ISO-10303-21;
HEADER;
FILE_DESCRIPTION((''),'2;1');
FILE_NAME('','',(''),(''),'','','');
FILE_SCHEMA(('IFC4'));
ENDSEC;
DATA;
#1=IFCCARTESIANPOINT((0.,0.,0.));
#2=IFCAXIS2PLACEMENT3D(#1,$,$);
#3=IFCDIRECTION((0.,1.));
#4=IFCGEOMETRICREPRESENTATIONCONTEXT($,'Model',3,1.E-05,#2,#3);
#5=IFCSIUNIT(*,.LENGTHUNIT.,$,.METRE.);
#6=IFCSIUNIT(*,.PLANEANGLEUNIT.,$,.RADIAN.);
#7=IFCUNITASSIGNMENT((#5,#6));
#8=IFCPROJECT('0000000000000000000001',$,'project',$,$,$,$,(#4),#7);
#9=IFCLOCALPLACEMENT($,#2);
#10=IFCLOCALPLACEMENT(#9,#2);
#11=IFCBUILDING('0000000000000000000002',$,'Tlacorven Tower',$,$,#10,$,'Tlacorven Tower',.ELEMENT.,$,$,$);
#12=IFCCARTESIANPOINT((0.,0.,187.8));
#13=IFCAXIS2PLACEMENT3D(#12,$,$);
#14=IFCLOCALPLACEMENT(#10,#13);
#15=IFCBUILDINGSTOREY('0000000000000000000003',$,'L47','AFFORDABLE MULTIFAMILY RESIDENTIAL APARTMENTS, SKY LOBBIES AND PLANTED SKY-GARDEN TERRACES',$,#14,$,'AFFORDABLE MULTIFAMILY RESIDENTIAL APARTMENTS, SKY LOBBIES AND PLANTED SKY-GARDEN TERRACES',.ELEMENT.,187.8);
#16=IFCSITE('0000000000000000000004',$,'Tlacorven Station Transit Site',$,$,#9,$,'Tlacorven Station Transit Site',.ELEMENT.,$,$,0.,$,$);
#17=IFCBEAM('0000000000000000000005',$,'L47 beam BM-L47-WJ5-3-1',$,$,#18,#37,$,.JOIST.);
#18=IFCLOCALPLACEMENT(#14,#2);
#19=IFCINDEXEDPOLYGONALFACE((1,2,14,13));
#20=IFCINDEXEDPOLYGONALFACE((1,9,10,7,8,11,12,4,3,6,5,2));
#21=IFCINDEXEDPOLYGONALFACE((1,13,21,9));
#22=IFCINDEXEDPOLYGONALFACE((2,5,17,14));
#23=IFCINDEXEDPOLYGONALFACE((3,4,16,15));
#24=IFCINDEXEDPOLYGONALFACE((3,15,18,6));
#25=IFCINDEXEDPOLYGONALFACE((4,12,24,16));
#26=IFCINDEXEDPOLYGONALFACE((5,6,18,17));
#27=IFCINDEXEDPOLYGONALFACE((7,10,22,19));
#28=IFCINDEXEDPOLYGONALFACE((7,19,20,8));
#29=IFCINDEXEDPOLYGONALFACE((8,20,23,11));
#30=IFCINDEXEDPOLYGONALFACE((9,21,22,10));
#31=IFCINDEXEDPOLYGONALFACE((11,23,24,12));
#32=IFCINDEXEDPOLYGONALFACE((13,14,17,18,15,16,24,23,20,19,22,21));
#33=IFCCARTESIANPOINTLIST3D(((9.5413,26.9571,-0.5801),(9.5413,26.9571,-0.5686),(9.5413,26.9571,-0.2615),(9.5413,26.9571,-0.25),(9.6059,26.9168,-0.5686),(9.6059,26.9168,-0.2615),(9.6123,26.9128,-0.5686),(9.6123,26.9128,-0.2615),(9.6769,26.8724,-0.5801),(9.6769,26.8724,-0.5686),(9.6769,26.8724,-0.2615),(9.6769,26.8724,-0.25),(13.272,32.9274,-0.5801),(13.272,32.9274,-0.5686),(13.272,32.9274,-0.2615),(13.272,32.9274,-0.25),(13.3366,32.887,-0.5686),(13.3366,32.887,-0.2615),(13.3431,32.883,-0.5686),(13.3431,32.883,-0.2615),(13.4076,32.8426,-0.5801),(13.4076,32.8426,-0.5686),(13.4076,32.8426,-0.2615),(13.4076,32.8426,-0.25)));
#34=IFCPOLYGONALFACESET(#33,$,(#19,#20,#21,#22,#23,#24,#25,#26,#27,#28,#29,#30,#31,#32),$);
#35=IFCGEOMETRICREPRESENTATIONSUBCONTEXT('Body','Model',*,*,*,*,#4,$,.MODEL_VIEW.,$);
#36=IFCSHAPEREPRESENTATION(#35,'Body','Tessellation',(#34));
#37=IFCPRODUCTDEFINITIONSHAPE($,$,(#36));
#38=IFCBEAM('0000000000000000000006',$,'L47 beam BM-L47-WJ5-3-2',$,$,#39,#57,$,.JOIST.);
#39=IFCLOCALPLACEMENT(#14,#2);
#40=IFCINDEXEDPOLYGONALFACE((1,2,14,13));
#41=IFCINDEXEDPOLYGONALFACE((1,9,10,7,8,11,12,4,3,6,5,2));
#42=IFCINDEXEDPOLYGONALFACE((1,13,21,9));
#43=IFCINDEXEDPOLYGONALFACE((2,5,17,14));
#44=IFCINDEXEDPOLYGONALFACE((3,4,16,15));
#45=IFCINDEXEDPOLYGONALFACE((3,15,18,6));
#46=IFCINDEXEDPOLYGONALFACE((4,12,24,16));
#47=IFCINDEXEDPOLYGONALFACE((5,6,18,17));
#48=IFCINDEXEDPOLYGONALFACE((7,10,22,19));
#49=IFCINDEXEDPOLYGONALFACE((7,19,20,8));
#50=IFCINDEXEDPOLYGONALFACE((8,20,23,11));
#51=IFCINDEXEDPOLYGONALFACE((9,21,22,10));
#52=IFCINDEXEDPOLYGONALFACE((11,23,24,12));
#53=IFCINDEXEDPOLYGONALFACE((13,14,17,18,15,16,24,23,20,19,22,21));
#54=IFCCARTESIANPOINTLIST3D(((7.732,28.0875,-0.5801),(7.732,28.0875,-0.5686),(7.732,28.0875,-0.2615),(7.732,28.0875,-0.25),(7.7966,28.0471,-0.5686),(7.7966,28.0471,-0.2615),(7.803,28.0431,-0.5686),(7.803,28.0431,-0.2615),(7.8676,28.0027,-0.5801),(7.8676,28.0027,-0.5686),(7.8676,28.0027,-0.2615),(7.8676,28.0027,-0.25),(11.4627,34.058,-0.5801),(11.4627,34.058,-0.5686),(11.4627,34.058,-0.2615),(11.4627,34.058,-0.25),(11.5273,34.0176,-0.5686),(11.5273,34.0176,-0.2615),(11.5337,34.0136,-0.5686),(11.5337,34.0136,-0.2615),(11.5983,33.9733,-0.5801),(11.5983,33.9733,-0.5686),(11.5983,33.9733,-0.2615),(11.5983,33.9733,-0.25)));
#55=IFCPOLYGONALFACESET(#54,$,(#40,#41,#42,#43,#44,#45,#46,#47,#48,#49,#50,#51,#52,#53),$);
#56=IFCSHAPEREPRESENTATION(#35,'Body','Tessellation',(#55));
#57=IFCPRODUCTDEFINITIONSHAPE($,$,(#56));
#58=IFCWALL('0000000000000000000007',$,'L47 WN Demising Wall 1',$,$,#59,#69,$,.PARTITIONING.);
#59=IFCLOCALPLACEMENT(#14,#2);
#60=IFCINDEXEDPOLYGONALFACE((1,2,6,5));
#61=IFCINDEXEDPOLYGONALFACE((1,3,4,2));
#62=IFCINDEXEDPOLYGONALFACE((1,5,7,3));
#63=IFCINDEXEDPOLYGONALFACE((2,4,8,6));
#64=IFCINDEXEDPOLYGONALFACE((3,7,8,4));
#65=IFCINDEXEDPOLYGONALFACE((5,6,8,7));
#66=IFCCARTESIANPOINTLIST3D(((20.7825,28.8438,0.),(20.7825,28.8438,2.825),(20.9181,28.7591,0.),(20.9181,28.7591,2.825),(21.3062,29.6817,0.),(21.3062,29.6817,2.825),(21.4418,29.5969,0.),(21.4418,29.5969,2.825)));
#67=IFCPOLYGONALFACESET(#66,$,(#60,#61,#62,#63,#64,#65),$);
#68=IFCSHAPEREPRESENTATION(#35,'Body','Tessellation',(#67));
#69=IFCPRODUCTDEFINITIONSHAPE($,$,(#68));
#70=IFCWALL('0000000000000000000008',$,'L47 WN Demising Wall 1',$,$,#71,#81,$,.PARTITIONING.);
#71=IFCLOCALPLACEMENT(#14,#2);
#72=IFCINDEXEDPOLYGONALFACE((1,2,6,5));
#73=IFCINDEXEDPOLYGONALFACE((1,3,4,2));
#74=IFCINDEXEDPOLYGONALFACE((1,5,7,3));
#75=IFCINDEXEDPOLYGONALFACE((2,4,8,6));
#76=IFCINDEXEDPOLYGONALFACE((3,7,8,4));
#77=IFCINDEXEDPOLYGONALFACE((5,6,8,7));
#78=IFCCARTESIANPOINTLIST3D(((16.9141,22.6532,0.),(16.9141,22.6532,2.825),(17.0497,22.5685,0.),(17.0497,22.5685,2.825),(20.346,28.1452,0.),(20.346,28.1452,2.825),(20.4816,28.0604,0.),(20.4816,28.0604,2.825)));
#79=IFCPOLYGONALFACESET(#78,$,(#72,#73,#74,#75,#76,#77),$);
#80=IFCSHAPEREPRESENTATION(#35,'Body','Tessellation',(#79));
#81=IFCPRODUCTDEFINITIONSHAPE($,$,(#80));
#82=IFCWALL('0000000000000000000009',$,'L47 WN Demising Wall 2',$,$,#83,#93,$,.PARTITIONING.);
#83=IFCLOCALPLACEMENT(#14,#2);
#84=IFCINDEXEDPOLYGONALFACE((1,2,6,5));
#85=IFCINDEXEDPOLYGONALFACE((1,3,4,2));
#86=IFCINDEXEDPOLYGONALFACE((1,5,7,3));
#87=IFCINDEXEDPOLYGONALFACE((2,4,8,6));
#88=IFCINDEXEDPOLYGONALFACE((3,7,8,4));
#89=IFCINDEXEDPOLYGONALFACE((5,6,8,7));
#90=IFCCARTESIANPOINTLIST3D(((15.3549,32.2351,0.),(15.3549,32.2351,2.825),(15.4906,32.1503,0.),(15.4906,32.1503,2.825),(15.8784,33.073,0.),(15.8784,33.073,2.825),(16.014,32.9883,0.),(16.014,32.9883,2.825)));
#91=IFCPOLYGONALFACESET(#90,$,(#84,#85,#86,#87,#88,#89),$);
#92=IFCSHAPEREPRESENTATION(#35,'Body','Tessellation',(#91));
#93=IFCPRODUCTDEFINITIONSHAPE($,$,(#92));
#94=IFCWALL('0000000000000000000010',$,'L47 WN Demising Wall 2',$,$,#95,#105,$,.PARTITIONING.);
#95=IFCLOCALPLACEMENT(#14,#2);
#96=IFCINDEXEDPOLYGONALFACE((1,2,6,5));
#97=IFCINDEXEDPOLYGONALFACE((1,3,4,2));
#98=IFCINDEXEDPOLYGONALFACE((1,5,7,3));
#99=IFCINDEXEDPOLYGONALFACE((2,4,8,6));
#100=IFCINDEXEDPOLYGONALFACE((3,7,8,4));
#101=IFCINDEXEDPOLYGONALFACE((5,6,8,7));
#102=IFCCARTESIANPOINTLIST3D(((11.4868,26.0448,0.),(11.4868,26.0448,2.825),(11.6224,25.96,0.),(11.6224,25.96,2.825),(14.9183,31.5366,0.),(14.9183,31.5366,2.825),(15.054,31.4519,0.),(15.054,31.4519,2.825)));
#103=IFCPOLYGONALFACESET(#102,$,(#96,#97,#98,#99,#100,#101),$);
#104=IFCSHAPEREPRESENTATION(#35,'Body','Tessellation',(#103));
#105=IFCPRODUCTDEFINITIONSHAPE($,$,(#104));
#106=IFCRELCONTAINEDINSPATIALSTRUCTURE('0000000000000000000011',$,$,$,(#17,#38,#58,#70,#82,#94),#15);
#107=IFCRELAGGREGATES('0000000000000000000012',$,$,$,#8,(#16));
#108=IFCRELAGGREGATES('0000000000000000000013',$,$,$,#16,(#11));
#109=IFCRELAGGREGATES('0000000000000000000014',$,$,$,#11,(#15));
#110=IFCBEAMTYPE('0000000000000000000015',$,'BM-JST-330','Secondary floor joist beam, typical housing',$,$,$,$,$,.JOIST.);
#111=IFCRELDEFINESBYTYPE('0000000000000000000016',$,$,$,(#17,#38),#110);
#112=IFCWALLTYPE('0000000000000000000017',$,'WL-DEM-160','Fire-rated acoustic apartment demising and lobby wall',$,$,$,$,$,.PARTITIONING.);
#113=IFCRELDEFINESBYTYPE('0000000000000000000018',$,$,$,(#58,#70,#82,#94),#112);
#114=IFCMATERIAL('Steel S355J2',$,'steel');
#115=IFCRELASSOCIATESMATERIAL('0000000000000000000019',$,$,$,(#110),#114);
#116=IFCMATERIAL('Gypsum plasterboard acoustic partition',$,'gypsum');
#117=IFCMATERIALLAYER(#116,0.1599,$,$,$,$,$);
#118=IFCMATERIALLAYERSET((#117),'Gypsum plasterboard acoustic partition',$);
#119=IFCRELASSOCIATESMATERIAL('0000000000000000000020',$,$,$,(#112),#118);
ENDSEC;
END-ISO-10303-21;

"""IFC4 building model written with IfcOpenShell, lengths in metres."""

from ifc_helpers import new_model, si_unit, direction, frame, frame_2d, origin, origin_2d, place, context, subcontext, project, spatial, rectangle, i_section, extrude, source, transform, mapped, material, layer, layer_set, material_profile, profile_set, type_object, element, save


model = new_model("IFC4")

# Units and contexts
model_context = context("Model", 3, precision=1e-05, world=origin(), true_north=direction((0.0, 1.0)))
body_context = subcontext(model_context, "Body", "Model", "MODEL_VIEW")
ifc_project = project(units=[si_unit("LENGTHUNIT", "METRE"), si_unit("PLANEANGLEUNIT", "RADIAN")], contexts=[model_context])

# Site, building, storey
site_placement = place(None, origin())
site = spatial("IfcSite", under=ifc_project, at=site_placement, Name="Tlacorven Station Transit Site", LongName="Tlacorven Station Transit Site", CompositionType="ELEMENT", RefElevation=0.0)
building_placement = place(site_placement, origin())
building = spatial("IfcBuilding", under=site, at=building_placement, Name="Tlacorven Tower", LongName="Tlacorven Tower", CompositionType="ELEMENT")
storey_placement = place(building_placement, frame((0.0, 0.0, 187.8)))
storey = spatial("IfcBuildingStorey", under=building, at=storey_placement, Name="L47", Description="AFFORDABLE MULTIFAMILY RESIDENTIAL APARTMENTS, SKY LOBBIES AND PLANTED SKY-GARDEN TERRACES", LongName="AFFORDABLE MULTIFAMILY RESIDENTIAL APARTMENTS, SKY LOBBIES AND PLANTED SKY-GARDEN TERRACES", CompositionType="ELEMENT", Elevation=187.8)

# Beams
ifc_material_1 = material(Name="Steel S355J2", Category="steel")
ifc_material_profile_1 = material_profile(ifc_material_1, i_section(OverallWidth=0.1599, OverallDepth=0.3301, WebThickness=0.0076, FlangeThickness=0.0115, at=origin_2d()), Name="IPE 330")
ifc_profile_set_1 = profile_set([ifc_material_profile_1], Name="Steel S355J2")
beam_type_1 = type_object("IfcBeamType", Name="BM-JST-330", Description="Secondary floor joist beam, typical housing", PredefinedType="JOIST", material=ifc_profile_set_1)
shared_shape_1 = source(origin(), body_context, "Body", "SweptSolid", [
    extrude(i_section(OverallWidth=0.1599, OverallDepth=0.3301, WebThickness=0.0076, FlangeThickness=0.0115, at=origin_2d()), origin(), (0.0, 0.0, 1.0), 7.04),
])
for number, where, z_axis, x_axis, name in (
    (1, (13.3398, 32.885, -0.415), (-0.52993, -0.848041, 0.0), (0.848041, -0.52993, 0.0), "L47 beam BM-L47-WJ5-3-1"),
):
    element("IfcBeam", number, at=place(storey_placement, frame(where, z_axis=z_axis, x_axis=x_axis)), inside=storey, type_object=beam_type_1, Name=name, PredefinedType="JOIST", context=body_context, shape_type="MappedRepresentation", body=[
        mapped(shared_shape_1, transform((0.0, 0.0, 0.0), scale=1.0)),
    ])
shared_shape_2 = source(origin(), body_context, "Body", "SweptSolid", [
    extrude(i_section(OverallWidth=0.1599, OverallDepth=0.3301, WebThickness=0.0076, FlangeThickness=0.0115, at=origin_2d()), origin(), (0.0, 0.0, 1.0), 7.0403),
])
beam_placement = place(storey_placement, frame((11.5305, 34.0156, -0.415), z_axis=(-0.529915, -0.848051, 0.0), x_axis=(0.848051, -0.529915, 0.0)))
element("IfcBeam", 2, at=beam_placement, inside=storey, type_object=beam_type_1, Name="L47 beam BM-L47-WJ5-3-2", PredefinedType="JOIST", context=body_context, shape_type="MappedRepresentation", body=[
    mapped(shared_shape_2, transform((0.0, 0.0, 0.0), scale=1.0)),
])

# Walls
ifc_material_2 = material(Name="Gypsum plasterboard acoustic partition", Category="gypsum")
ifc_layer_1 = layer(ifc_material_2, 0.1599)
ifc_layer_set_1 = layer_set([ifc_layer_1], Name="Gypsum plasterboard acoustic partition")
wall_type_1 = type_object("IfcWallType", Name="WL-DEM-160", Description="Fire-rated acoustic apartment demising and lobby wall", PredefinedType="PARTITIONING", material=ifc_layer_set_1)
wall_1_placement = place(storey_placement, frame((21.374, 29.6394, 0.0), z_axis=(0.0, 0.0, 1.0), x_axis=(-0.529999, -0.847998, 0.0)))
element("IfcWall", 3, at=wall_1_placement, inside=storey, type_object=wall_type_1, Name="L47 WN Demising Wall 1", PredefinedType="PARTITIONING", context=body_context, shape_type="SweptSolid", body=[
    extrude(rectangle(XDim=0.988, YDim=0.1599, at=frame_2d((0.4941, 0.0))), origin(), (0.0, 0.0, 1.0), 2.825),
])
wall_2_placement = place(storey_placement, frame((20.4138, 28.1028, 0.0), z_axis=(0.0, 0.0, 1.0), x_axis=(-0.529935, -0.848039, 0.0)))
element("IfcWall", 4, at=wall_2_placement, inside=storey, type_object=wall_type_1, Name="L47 WN Demising Wall 1", PredefinedType="PARTITIONING", context=body_context, shape_type="SweptSolid", body=[
    extrude(rectangle(XDim=6.4761, YDim=0.1599, at=frame_2d((3.238, 0.0))), origin(), (0.0, 0.0, 1.0), 2.825),
])
wall_3_placement = place(storey_placement, frame((15.9463, 33.0308, 0.0), z_axis=(0.0, 0.0, 1.0), x_axis=(-0.529821, -0.848109, 0.0)))
element("IfcWall", 5, at=wall_3_placement, inside=storey, type_object=wall_type_1, Name="L47 WN Demising Wall 2", PredefinedType="PARTITIONING", context=body_context, shape_type="SweptSolid", body=[
    extrude(rectangle(XDim=0.988, YDim=0.1599, at=frame_2d((0.4941, 0.0))), origin(), (0.0, 0.0, 1.0), 2.825),
])
wall_4_placement = place(storey_placement, frame((14.9861, 31.4941, 0.0), z_axis=(0.0, 0.0, 1.0), x_axis=(-0.529907, -0.848055, 0.0)))
element("IfcWall", 6, at=wall_4_placement, inside=storey, type_object=wall_type_1, Name="L47 WN Demising Wall 2", PredefinedType="PARTITIONING", context=body_context, shape_type="SweptSolid", body=[
    extrude(rectangle(XDim=6.4758, YDim=0.1599, at=frame_2d((3.2378, 0.0))), origin(), (0.0, 0.0, 1.0), 2.825),
])

save(model, "model.ifc")
